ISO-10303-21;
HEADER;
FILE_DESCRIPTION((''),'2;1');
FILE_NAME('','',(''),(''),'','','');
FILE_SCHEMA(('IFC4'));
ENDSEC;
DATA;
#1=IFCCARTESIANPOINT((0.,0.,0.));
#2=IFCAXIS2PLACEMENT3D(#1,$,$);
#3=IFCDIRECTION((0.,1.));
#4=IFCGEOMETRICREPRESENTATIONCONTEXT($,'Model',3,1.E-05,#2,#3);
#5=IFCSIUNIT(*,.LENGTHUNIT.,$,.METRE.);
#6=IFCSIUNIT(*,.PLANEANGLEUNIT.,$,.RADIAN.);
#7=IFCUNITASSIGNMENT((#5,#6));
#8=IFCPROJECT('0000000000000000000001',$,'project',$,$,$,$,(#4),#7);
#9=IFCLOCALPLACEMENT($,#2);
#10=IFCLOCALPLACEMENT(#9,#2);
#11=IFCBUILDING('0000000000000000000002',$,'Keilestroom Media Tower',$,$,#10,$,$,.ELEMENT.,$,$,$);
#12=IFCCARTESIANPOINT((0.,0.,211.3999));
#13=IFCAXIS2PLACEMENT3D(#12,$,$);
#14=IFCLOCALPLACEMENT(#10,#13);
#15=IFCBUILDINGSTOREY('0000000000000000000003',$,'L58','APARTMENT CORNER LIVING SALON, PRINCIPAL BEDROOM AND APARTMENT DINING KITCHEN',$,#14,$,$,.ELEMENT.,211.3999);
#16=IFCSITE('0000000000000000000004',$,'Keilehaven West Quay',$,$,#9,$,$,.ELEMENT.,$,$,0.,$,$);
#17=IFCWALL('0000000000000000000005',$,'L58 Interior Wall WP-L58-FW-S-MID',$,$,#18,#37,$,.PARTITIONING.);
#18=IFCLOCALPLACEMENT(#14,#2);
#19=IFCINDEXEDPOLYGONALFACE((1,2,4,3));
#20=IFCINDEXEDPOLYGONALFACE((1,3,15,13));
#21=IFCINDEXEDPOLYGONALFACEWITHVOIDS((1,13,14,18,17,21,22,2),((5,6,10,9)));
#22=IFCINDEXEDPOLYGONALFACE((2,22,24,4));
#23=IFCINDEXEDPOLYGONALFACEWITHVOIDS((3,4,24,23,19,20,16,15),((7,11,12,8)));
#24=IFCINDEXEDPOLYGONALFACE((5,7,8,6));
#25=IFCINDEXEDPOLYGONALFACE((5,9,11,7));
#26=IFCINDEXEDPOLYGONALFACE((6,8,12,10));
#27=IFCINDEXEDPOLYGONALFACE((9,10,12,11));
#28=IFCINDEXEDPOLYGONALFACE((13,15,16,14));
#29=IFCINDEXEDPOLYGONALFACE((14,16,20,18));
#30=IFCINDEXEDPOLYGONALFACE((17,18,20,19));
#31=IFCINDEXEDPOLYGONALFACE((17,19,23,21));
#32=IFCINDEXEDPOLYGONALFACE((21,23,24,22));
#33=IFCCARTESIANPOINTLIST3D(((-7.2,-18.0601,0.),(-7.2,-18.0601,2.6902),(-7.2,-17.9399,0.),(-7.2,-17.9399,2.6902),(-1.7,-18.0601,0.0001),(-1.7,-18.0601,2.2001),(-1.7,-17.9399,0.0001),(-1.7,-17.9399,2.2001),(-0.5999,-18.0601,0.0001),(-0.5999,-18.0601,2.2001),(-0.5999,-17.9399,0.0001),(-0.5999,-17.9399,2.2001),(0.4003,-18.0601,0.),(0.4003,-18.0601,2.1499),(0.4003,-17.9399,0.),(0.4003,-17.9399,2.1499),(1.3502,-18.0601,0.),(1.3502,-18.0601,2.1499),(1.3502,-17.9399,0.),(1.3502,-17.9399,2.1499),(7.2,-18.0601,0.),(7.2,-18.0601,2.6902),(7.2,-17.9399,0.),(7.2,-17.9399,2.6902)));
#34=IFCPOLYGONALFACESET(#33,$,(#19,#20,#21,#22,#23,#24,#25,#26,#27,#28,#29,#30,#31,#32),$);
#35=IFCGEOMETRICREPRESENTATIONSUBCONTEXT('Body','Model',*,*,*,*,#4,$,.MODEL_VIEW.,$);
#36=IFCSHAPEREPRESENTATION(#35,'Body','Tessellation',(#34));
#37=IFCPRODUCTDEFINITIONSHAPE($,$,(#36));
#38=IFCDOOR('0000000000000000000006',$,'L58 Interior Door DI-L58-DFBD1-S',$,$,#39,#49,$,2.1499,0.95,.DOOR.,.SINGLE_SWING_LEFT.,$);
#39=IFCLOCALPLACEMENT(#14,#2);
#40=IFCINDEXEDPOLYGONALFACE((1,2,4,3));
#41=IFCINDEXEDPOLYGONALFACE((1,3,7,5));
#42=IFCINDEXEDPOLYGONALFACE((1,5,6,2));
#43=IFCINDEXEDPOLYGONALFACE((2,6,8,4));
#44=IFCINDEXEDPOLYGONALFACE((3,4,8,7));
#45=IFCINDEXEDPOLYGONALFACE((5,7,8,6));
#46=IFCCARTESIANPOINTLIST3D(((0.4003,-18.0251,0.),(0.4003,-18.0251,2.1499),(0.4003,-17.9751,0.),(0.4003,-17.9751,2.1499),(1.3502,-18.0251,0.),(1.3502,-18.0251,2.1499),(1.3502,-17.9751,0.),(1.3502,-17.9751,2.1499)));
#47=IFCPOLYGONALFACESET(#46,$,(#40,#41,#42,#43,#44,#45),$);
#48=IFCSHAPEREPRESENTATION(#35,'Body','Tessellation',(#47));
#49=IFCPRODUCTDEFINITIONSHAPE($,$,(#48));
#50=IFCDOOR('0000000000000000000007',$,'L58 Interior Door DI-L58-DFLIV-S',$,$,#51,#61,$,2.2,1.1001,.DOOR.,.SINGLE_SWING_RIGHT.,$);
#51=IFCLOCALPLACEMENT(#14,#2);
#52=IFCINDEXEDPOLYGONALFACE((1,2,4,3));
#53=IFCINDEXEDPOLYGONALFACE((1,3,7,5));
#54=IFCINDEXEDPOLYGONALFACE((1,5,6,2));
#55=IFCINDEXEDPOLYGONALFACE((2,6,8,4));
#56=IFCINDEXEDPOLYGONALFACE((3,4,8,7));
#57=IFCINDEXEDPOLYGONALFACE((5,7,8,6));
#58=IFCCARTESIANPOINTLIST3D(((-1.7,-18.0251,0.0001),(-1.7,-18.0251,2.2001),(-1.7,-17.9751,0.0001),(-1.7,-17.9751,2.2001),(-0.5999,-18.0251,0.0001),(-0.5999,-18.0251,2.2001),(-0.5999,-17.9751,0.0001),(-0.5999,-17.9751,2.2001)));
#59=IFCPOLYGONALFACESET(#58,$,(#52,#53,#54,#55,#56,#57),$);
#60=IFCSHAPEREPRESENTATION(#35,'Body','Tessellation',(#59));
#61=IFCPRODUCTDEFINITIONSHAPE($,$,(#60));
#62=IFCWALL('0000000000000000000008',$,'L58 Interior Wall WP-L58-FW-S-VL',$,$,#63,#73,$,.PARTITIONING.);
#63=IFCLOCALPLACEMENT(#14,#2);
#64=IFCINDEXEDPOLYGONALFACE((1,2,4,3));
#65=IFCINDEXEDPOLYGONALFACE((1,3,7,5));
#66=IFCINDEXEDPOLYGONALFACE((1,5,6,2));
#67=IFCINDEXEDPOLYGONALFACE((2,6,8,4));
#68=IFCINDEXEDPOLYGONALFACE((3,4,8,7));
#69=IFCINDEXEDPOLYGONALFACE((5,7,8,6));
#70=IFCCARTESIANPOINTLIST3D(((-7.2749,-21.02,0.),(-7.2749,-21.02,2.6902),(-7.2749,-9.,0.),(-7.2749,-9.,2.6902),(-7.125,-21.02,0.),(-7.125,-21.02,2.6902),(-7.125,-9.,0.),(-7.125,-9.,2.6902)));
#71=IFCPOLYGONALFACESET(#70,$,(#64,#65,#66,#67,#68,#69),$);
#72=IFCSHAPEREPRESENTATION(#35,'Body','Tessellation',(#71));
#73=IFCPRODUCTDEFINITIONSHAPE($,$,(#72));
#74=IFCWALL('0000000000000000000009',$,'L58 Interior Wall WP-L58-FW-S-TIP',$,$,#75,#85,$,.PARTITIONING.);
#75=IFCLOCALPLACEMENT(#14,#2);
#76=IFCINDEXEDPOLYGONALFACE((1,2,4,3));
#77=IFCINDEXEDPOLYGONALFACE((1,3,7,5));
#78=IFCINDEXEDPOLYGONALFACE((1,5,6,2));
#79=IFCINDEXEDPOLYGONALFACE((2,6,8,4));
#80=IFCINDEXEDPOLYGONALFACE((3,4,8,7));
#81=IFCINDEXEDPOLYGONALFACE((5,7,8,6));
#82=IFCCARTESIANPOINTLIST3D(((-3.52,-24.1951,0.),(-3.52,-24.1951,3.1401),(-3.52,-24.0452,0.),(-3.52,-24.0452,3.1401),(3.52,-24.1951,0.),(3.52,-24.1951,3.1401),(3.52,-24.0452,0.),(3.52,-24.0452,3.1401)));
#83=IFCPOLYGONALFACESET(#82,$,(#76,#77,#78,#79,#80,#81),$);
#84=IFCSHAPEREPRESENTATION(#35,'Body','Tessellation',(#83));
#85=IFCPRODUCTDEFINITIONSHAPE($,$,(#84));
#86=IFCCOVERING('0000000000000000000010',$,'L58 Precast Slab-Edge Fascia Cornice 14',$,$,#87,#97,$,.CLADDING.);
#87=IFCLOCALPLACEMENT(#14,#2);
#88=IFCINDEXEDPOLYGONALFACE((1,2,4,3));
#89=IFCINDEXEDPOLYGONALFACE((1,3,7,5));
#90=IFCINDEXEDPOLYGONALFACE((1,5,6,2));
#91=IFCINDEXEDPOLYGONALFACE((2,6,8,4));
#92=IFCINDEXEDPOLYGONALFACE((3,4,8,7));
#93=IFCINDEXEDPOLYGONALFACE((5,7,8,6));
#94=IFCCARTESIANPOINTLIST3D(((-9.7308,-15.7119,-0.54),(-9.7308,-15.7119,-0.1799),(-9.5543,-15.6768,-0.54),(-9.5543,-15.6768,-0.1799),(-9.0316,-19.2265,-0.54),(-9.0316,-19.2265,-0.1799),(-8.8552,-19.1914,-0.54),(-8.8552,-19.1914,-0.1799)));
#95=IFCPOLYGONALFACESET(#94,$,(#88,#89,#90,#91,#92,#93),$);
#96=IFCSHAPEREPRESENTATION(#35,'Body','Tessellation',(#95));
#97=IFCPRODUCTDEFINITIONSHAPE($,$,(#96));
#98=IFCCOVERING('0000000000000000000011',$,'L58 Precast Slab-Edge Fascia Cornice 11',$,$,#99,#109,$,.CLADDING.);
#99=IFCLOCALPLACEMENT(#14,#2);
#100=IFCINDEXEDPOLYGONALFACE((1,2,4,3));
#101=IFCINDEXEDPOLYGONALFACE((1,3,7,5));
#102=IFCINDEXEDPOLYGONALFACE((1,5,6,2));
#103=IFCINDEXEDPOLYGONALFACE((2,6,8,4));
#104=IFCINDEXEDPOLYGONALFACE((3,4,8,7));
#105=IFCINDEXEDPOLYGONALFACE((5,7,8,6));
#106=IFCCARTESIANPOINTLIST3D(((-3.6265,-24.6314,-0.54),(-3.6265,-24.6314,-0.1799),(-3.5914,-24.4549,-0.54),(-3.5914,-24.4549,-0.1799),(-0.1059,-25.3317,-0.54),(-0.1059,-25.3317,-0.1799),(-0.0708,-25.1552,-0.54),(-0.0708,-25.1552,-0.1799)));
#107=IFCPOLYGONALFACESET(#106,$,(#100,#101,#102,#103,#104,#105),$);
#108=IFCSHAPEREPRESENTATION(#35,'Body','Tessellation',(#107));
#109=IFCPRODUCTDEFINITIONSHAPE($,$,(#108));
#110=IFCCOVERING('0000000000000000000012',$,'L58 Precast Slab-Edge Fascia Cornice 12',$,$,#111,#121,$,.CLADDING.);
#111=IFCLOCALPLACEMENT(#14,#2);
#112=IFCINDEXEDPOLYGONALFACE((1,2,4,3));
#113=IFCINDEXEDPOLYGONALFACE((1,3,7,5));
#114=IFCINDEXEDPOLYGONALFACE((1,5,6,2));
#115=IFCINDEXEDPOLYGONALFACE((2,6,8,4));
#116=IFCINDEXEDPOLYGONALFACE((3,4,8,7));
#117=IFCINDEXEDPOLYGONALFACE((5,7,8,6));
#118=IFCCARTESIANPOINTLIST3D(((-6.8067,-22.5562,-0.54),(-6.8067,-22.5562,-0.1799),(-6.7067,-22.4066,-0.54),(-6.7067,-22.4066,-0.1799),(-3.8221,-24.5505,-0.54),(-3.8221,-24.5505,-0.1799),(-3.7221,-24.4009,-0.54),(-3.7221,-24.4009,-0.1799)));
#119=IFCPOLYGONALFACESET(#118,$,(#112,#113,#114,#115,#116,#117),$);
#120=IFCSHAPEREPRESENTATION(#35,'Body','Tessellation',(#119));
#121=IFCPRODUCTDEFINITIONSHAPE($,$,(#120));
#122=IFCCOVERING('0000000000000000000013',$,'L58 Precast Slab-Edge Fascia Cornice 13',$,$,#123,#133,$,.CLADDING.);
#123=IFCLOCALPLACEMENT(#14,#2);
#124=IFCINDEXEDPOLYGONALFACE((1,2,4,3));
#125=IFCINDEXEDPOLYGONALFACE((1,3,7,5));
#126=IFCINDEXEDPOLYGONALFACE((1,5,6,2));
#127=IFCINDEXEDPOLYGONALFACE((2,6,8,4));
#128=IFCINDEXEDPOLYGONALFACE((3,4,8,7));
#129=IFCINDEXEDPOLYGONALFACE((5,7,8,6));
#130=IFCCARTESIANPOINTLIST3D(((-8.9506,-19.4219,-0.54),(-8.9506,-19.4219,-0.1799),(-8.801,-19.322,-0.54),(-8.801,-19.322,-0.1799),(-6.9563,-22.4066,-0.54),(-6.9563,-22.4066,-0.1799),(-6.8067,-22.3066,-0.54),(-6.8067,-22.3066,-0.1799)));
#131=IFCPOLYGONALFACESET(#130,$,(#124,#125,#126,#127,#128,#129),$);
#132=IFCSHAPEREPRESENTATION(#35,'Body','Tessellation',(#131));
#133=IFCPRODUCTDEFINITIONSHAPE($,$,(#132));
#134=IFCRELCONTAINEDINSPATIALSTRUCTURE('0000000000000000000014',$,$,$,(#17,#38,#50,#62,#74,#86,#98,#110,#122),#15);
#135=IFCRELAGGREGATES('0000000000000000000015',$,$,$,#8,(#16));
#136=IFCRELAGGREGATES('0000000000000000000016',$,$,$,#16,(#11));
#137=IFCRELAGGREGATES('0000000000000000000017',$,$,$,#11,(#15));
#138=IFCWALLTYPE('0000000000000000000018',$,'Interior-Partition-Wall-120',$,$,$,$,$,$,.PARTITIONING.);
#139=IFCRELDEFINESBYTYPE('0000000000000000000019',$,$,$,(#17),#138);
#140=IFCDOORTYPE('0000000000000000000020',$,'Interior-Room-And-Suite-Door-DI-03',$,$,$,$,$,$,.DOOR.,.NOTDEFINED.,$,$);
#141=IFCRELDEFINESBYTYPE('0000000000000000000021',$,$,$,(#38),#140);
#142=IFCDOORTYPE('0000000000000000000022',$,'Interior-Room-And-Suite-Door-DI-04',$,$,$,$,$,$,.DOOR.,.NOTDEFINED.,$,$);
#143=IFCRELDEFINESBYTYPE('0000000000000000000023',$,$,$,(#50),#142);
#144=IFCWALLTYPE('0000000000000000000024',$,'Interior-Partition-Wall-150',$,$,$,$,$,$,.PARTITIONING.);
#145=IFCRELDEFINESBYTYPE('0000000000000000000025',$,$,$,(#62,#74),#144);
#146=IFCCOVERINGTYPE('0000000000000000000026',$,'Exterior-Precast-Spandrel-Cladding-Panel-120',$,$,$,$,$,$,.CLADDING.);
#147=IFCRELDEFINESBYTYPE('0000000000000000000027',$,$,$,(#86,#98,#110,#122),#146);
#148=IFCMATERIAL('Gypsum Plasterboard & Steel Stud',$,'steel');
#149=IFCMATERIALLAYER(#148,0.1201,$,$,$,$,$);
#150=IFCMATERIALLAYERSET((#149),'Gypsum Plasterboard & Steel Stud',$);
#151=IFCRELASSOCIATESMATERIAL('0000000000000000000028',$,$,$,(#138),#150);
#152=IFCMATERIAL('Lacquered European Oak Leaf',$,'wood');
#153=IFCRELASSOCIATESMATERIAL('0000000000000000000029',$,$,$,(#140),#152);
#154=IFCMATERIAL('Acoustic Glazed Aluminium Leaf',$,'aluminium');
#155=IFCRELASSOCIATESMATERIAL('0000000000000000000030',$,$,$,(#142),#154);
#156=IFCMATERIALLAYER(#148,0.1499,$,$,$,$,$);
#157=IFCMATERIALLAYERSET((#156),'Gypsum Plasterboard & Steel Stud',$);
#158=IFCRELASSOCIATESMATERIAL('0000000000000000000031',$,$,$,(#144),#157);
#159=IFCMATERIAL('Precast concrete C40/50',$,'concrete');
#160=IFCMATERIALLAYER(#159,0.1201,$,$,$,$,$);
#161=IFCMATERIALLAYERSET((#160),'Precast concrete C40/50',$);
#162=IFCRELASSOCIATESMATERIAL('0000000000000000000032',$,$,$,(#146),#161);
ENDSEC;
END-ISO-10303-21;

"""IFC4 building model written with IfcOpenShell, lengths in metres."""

from ifc_helpers import new_model, si_unit, direction, frame, frame_2d, origin, origin_2d, place, context, subcontext, project, spatial, rectangle, extrude, source, transform, mapped, material, layer, layer_set, type_object, element, fill, save


model = new_model("IFC4")

# Units and contexts
model_context = context("Model", 3, precision=1e-05, world=origin(), true_north=direction((0.0, 1.0)))
body_context = subcontext(model_context, "Body", "Model", "MODEL_VIEW")
ifc_project = project(units=[si_unit("LENGTHUNIT", "METRE"), si_unit("PLANEANGLEUNIT", "RADIAN")], contexts=[model_context])

# Site, building, storey
site_placement = place(None, origin())
site = spatial("IfcSite", under=ifc_project, at=site_placement, Name="Keilehaven West Quay", CompositionType="ELEMENT", RefElevation=0.0)
building_placement = place(site_placement, origin())
building = spatial("IfcBuilding", under=site, at=building_placement, Name="Keilestroom Media Tower", CompositionType="ELEMENT")
storey_placement = place(building_placement, frame((0.0, 0.0, 211.3999)))
storey = spatial("IfcBuildingStorey", under=building, at=storey_placement, Name="L58", Description="APARTMENT CORNER LIVING SALON, PRINCIPAL BEDROOM AND APARTMENT DINING KITCHEN", CompositionType="ELEMENT", Elevation=211.3999)

# Shared definitions
ifc_material_1 = material(Name="Precast concrete C40/50", Category="concrete")

# Wall, openings, doors
ifc_material_2 = material(Name="Gypsum Plasterboard & Steel Stud", Category="steel")
ifc_layer_1 = layer(ifc_material_2, 0.1201)
ifc_layer_set_1 = layer_set([ifc_layer_1], Name="Gypsum Plasterboard & Steel Stud")
wall_type_1 = type_object("IfcWallType", Name="Interior-Partition-Wall-120", PredefinedType="PARTITIONING", material=ifc_layer_set_1)
ifc_material_3 = material(Name="Lacquered European Oak Leaf", Category="wood")
door_type_1 = type_object("IfcDoorType", Name="Interior-Room-And-Suite-Door-DI-03", OperationType="NOTDEFINED", PredefinedType="DOOR", material=ifc_material_3)
shared_shape_1 = source(origin(), body_context, "Body", "SweptSolid", [
    extrude(rectangle(XDim=0.95, YDim=2.1499, at=frame_2d((0.4751, 1.075))), frame((0.0, 0.0249, 0.0), z_axis=(0.0, -1.0, 0.0), x_axis=(1.0, 0.0, 0.0)), (0.0, 0.0, 1.0), 0.05),
])
wall_1_placement = place(storey_placement, frame((-7.2, -18.0, 0.0), z_axis=(0.0, 0.0, 1.0), x_axis=(1.0, 0.0, 0.0)))
wall_1 = element("IfcWall", 1, at=wall_1_placement, inside=storey, type_object=wall_type_1, Name="L58 Interior Wall WP-L58-FW-S-MID", PredefinedType="PARTITIONING", context=body_context, shape_type="SweptSolid", body=[
    extrude(rectangle(XDim=14.3999, YDim=0.1201, at=frame_2d((7.2, 0.0))), origin(), (0.0, 0.0, 1.0), 2.6902),
])
opening_1_placement = place(wall_1_placement, frame((5.5, 0.0, 0.0)))
opening_1 = element("IfcOpeningElement", 2, at=opening_1_placement, cuts=wall_1, PredefinedType="OPENING", context=body_context, shape_type="SweptSolid", body=[
    extrude(rectangle(XDim=1.1001, YDim=2.2, at=frame_2d((0.55, 1.1001))), frame((0.0, 0.0701, 0.0), z_axis=(0.0, -1.0, 0.0), x_axis=(1.0, 0.0, 0.0)), (0.0, 0.0, 1.0), 0.1401),
])
opening_2_placement = place(wall_1_placement, frame((7.6001, 0.0, 0.0)))
opening_2 = element("IfcOpeningElement", 3, at=opening_2_placement, cuts=wall_1, PredefinedType="OPENING", context=body_context, shape_type="SweptSolid", body=[
    extrude(rectangle(XDim=0.95, YDim=2.1499, at=frame_2d((0.4751, 1.075))), frame((0.0, 0.0701, 0.0), z_axis=(0.0, -1.0, 0.0), x_axis=(1.0, 0.0, 0.0)), (0.0, 0.0, 1.0), 0.1401),
])
door_1_placement = place(opening_2_placement, origin())
door_1 = element("IfcDoor", 4, at=door_1_placement, inside=storey, type_object=door_type_1, Name="L58 Interior Door DI-L58-DFBD1-S", OperationType="SINGLE_SWING_LEFT", OverallHeight=2.1499, OverallWidth=0.95, PredefinedType="DOOR", context=body_context, shape_type="MappedRepresentation", body=[
    mapped(shared_shape_1, transform((0.0, 0.0, 0.0), x_axis=(1.0, 0.0, 0.0), y_axis=(0.0, 1.0, 0.0), z_axis=(0.0, 0.0, 1.0), scale=1.0)),
])
fill(opening_2, door_1)
ifc_material_4 = material(Name="Acoustic Glazed Aluminium Leaf", Category="aluminium")
door_type_2 = type_object("IfcDoorType", Name="Interior-Room-And-Suite-Door-DI-04", OperationType="NOTDEFINED", PredefinedType="DOOR", material=ifc_material_4)
shared_shape_2 = source(origin(), body_context, "Body", "SweptSolid", [
    extrude(rectangle(XDim=1.1001, YDim=2.2, at=frame_2d((0.55, 1.1001))), frame((0.0, 0.0249, 0.0), z_axis=(0.0, -1.0, 0.0), x_axis=(1.0, 0.0, 0.0)), (0.0, 0.0, 1.0), 0.05),
])
door_2_placement = place(opening_1_placement, origin())
door_2 = element("IfcDoor", 5, at=door_2_placement, inside=storey, type_object=door_type_2, Name="L58 Interior Door DI-L58-DFLIV-S", OperationType="SINGLE_SWING_RIGHT", OverallHeight=2.2, OverallWidth=1.1001, PredefinedType="DOOR", context=body_context, shape_type="MappedRepresentation", body=[
    mapped(shared_shape_2, transform((0.0, 0.0, 0.0), x_axis=(1.0, 0.0, 0.0), y_axis=(0.0, 1.0, 0.0), z_axis=(0.0, 0.0, 1.0), scale=1.0)),
])
fill(opening_1, door_2)

# Walls
ifc_layer_2 = layer(ifc_material_2, 0.1499)
ifc_layer_set_2 = layer_set([ifc_layer_2], Name="Gypsum Plasterboard & Steel Stud")
wall_type_2 = type_object("IfcWallType", Name="Interior-Partition-Wall-150", PredefinedType="PARTITIONING", material=ifc_layer_set_2)
wall_2_placement = place(storey_placement, frame((-7.2, -21.02, 0.0), z_axis=(0.0, 0.0, 1.0), x_axis=(0.0, 1.0, 0.0)))
element("IfcWall", 6, at=wall_2_placement, inside=storey, type_object=wall_type_2, Name="L58 Interior Wall WP-L58-FW-S-VL", PredefinedType="PARTITIONING", context=body_context, shape_type="SweptSolid", body=[
    extrude(rectangle(XDim=12.02, YDim=0.1499, at=frame_2d((6.01, 0.0))), origin(), (0.0, 0.0, 1.0), 2.6902),
])
wall_3_placement = place(storey_placement, frame((-3.52, -24.1201, 0.0), z_axis=(0.0, 0.0, 1.0), x_axis=(1.0, 0.0, 0.0)))
element("IfcWall", 7, at=wall_3_placement, inside=storey, type_object=wall_type_2, Name="L58 Interior Wall WP-L58-FW-S-TIP", PredefinedType="PARTITIONING", context=body_context, shape_type="SweptSolid", body=[
    extrude(rectangle(XDim=7.04, YDim=0.1499, at=frame_2d((3.52, 0.0))), origin(), (0.0, 0.0, 1.0), 3.1401),
])

# Coverings
ifc_layer_3 = layer(ifc_material_1, 0.1201)
ifc_layer_set_3 = layer_set([ifc_layer_3], Name="Precast concrete C40/50")
covering_type = type_object("IfcCoveringType", Name="Exterior-Precast-Spandrel-Cladding-Panel-120", PredefinedType="CLADDING", material=ifc_layer_set_3)
shared_shape_3 = source(origin(), body_context, "Body", "SweptSolid", [
    extrude(rectangle(XDim=3.5835, YDim=0.1799, at=origin_2d()), origin(), (0.0, 0.0, 1.0), 0.3601),
])
covering_placement = place(storey_placement, frame((-9.293, -17.4517, -0.54), z_axis=(0.0, 0.0, 1.0), x_axis=(-0.195099, 0.980784, 0.0)))
element("IfcCovering", 8, at=covering_placement, inside=storey, type_object=covering_type, Name="L58 Precast Slab-Edge Fascia Cornice 14", PredefinedType="CLADDING", context=body_context, shape_type="MappedRepresentation", body=[
    mapped(shared_shape_3, transform((0.0, 0.0, 0.0), x_axis=(1.0, 0.0, 0.0), y_axis=(0.0, 1.0, 0.0), z_axis=(0.0, 0.0, 1.0), scale=1.0)),
])
shared_shape_4 = source(origin(), body_context, "Body", "SweptSolid", [
    extrude(rectangle(XDim=3.5896, YDim=0.1799, at=origin_2d()), origin(), (0.0, 0.0, 1.0), 0.3601),
])
for number, where, z_axis, x_axis, name in (
    (9, (-1.8486, -24.8933, -0.54), (0.0, 0.0, 1.0), (-0.980784, 0.195099, 0.0), "L58 Precast Slab-Edge Fascia Cornice 11"),
    (10, (-5.2644, -23.4785, -0.54), (0.0, 0.0, 1.0), (-0.831467, 0.555575, 0.0), "L58 Precast Slab-Edge Fascia Cornice 12"),
    (11, (-7.8787, -20.8643, -0.54), (0.0, 0.0, 1.0), (-0.555575, 0.831467, 0.0), "L58 Precast Slab-Edge Fascia Cornice 13"),
):
    element("IfcCovering", number, at=place(storey_placement, frame(where, z_axis=z_axis, x_axis=x_axis)), inside=storey, type_object=covering_type, Name=name, PredefinedType="CLADDING", context=body_context, shape_type="MappedRepresentation", body=[
        mapped(shared_shape_4, transform((0.0, 0.0, 0.0), x_axis=(1.0, 0.0, 0.0), y_axis=(0.0, 1.0, 0.0), z_axis=(0.0, 0.0, 1.0), scale=1.0)),
    ])

save(model, "model.ifc")
